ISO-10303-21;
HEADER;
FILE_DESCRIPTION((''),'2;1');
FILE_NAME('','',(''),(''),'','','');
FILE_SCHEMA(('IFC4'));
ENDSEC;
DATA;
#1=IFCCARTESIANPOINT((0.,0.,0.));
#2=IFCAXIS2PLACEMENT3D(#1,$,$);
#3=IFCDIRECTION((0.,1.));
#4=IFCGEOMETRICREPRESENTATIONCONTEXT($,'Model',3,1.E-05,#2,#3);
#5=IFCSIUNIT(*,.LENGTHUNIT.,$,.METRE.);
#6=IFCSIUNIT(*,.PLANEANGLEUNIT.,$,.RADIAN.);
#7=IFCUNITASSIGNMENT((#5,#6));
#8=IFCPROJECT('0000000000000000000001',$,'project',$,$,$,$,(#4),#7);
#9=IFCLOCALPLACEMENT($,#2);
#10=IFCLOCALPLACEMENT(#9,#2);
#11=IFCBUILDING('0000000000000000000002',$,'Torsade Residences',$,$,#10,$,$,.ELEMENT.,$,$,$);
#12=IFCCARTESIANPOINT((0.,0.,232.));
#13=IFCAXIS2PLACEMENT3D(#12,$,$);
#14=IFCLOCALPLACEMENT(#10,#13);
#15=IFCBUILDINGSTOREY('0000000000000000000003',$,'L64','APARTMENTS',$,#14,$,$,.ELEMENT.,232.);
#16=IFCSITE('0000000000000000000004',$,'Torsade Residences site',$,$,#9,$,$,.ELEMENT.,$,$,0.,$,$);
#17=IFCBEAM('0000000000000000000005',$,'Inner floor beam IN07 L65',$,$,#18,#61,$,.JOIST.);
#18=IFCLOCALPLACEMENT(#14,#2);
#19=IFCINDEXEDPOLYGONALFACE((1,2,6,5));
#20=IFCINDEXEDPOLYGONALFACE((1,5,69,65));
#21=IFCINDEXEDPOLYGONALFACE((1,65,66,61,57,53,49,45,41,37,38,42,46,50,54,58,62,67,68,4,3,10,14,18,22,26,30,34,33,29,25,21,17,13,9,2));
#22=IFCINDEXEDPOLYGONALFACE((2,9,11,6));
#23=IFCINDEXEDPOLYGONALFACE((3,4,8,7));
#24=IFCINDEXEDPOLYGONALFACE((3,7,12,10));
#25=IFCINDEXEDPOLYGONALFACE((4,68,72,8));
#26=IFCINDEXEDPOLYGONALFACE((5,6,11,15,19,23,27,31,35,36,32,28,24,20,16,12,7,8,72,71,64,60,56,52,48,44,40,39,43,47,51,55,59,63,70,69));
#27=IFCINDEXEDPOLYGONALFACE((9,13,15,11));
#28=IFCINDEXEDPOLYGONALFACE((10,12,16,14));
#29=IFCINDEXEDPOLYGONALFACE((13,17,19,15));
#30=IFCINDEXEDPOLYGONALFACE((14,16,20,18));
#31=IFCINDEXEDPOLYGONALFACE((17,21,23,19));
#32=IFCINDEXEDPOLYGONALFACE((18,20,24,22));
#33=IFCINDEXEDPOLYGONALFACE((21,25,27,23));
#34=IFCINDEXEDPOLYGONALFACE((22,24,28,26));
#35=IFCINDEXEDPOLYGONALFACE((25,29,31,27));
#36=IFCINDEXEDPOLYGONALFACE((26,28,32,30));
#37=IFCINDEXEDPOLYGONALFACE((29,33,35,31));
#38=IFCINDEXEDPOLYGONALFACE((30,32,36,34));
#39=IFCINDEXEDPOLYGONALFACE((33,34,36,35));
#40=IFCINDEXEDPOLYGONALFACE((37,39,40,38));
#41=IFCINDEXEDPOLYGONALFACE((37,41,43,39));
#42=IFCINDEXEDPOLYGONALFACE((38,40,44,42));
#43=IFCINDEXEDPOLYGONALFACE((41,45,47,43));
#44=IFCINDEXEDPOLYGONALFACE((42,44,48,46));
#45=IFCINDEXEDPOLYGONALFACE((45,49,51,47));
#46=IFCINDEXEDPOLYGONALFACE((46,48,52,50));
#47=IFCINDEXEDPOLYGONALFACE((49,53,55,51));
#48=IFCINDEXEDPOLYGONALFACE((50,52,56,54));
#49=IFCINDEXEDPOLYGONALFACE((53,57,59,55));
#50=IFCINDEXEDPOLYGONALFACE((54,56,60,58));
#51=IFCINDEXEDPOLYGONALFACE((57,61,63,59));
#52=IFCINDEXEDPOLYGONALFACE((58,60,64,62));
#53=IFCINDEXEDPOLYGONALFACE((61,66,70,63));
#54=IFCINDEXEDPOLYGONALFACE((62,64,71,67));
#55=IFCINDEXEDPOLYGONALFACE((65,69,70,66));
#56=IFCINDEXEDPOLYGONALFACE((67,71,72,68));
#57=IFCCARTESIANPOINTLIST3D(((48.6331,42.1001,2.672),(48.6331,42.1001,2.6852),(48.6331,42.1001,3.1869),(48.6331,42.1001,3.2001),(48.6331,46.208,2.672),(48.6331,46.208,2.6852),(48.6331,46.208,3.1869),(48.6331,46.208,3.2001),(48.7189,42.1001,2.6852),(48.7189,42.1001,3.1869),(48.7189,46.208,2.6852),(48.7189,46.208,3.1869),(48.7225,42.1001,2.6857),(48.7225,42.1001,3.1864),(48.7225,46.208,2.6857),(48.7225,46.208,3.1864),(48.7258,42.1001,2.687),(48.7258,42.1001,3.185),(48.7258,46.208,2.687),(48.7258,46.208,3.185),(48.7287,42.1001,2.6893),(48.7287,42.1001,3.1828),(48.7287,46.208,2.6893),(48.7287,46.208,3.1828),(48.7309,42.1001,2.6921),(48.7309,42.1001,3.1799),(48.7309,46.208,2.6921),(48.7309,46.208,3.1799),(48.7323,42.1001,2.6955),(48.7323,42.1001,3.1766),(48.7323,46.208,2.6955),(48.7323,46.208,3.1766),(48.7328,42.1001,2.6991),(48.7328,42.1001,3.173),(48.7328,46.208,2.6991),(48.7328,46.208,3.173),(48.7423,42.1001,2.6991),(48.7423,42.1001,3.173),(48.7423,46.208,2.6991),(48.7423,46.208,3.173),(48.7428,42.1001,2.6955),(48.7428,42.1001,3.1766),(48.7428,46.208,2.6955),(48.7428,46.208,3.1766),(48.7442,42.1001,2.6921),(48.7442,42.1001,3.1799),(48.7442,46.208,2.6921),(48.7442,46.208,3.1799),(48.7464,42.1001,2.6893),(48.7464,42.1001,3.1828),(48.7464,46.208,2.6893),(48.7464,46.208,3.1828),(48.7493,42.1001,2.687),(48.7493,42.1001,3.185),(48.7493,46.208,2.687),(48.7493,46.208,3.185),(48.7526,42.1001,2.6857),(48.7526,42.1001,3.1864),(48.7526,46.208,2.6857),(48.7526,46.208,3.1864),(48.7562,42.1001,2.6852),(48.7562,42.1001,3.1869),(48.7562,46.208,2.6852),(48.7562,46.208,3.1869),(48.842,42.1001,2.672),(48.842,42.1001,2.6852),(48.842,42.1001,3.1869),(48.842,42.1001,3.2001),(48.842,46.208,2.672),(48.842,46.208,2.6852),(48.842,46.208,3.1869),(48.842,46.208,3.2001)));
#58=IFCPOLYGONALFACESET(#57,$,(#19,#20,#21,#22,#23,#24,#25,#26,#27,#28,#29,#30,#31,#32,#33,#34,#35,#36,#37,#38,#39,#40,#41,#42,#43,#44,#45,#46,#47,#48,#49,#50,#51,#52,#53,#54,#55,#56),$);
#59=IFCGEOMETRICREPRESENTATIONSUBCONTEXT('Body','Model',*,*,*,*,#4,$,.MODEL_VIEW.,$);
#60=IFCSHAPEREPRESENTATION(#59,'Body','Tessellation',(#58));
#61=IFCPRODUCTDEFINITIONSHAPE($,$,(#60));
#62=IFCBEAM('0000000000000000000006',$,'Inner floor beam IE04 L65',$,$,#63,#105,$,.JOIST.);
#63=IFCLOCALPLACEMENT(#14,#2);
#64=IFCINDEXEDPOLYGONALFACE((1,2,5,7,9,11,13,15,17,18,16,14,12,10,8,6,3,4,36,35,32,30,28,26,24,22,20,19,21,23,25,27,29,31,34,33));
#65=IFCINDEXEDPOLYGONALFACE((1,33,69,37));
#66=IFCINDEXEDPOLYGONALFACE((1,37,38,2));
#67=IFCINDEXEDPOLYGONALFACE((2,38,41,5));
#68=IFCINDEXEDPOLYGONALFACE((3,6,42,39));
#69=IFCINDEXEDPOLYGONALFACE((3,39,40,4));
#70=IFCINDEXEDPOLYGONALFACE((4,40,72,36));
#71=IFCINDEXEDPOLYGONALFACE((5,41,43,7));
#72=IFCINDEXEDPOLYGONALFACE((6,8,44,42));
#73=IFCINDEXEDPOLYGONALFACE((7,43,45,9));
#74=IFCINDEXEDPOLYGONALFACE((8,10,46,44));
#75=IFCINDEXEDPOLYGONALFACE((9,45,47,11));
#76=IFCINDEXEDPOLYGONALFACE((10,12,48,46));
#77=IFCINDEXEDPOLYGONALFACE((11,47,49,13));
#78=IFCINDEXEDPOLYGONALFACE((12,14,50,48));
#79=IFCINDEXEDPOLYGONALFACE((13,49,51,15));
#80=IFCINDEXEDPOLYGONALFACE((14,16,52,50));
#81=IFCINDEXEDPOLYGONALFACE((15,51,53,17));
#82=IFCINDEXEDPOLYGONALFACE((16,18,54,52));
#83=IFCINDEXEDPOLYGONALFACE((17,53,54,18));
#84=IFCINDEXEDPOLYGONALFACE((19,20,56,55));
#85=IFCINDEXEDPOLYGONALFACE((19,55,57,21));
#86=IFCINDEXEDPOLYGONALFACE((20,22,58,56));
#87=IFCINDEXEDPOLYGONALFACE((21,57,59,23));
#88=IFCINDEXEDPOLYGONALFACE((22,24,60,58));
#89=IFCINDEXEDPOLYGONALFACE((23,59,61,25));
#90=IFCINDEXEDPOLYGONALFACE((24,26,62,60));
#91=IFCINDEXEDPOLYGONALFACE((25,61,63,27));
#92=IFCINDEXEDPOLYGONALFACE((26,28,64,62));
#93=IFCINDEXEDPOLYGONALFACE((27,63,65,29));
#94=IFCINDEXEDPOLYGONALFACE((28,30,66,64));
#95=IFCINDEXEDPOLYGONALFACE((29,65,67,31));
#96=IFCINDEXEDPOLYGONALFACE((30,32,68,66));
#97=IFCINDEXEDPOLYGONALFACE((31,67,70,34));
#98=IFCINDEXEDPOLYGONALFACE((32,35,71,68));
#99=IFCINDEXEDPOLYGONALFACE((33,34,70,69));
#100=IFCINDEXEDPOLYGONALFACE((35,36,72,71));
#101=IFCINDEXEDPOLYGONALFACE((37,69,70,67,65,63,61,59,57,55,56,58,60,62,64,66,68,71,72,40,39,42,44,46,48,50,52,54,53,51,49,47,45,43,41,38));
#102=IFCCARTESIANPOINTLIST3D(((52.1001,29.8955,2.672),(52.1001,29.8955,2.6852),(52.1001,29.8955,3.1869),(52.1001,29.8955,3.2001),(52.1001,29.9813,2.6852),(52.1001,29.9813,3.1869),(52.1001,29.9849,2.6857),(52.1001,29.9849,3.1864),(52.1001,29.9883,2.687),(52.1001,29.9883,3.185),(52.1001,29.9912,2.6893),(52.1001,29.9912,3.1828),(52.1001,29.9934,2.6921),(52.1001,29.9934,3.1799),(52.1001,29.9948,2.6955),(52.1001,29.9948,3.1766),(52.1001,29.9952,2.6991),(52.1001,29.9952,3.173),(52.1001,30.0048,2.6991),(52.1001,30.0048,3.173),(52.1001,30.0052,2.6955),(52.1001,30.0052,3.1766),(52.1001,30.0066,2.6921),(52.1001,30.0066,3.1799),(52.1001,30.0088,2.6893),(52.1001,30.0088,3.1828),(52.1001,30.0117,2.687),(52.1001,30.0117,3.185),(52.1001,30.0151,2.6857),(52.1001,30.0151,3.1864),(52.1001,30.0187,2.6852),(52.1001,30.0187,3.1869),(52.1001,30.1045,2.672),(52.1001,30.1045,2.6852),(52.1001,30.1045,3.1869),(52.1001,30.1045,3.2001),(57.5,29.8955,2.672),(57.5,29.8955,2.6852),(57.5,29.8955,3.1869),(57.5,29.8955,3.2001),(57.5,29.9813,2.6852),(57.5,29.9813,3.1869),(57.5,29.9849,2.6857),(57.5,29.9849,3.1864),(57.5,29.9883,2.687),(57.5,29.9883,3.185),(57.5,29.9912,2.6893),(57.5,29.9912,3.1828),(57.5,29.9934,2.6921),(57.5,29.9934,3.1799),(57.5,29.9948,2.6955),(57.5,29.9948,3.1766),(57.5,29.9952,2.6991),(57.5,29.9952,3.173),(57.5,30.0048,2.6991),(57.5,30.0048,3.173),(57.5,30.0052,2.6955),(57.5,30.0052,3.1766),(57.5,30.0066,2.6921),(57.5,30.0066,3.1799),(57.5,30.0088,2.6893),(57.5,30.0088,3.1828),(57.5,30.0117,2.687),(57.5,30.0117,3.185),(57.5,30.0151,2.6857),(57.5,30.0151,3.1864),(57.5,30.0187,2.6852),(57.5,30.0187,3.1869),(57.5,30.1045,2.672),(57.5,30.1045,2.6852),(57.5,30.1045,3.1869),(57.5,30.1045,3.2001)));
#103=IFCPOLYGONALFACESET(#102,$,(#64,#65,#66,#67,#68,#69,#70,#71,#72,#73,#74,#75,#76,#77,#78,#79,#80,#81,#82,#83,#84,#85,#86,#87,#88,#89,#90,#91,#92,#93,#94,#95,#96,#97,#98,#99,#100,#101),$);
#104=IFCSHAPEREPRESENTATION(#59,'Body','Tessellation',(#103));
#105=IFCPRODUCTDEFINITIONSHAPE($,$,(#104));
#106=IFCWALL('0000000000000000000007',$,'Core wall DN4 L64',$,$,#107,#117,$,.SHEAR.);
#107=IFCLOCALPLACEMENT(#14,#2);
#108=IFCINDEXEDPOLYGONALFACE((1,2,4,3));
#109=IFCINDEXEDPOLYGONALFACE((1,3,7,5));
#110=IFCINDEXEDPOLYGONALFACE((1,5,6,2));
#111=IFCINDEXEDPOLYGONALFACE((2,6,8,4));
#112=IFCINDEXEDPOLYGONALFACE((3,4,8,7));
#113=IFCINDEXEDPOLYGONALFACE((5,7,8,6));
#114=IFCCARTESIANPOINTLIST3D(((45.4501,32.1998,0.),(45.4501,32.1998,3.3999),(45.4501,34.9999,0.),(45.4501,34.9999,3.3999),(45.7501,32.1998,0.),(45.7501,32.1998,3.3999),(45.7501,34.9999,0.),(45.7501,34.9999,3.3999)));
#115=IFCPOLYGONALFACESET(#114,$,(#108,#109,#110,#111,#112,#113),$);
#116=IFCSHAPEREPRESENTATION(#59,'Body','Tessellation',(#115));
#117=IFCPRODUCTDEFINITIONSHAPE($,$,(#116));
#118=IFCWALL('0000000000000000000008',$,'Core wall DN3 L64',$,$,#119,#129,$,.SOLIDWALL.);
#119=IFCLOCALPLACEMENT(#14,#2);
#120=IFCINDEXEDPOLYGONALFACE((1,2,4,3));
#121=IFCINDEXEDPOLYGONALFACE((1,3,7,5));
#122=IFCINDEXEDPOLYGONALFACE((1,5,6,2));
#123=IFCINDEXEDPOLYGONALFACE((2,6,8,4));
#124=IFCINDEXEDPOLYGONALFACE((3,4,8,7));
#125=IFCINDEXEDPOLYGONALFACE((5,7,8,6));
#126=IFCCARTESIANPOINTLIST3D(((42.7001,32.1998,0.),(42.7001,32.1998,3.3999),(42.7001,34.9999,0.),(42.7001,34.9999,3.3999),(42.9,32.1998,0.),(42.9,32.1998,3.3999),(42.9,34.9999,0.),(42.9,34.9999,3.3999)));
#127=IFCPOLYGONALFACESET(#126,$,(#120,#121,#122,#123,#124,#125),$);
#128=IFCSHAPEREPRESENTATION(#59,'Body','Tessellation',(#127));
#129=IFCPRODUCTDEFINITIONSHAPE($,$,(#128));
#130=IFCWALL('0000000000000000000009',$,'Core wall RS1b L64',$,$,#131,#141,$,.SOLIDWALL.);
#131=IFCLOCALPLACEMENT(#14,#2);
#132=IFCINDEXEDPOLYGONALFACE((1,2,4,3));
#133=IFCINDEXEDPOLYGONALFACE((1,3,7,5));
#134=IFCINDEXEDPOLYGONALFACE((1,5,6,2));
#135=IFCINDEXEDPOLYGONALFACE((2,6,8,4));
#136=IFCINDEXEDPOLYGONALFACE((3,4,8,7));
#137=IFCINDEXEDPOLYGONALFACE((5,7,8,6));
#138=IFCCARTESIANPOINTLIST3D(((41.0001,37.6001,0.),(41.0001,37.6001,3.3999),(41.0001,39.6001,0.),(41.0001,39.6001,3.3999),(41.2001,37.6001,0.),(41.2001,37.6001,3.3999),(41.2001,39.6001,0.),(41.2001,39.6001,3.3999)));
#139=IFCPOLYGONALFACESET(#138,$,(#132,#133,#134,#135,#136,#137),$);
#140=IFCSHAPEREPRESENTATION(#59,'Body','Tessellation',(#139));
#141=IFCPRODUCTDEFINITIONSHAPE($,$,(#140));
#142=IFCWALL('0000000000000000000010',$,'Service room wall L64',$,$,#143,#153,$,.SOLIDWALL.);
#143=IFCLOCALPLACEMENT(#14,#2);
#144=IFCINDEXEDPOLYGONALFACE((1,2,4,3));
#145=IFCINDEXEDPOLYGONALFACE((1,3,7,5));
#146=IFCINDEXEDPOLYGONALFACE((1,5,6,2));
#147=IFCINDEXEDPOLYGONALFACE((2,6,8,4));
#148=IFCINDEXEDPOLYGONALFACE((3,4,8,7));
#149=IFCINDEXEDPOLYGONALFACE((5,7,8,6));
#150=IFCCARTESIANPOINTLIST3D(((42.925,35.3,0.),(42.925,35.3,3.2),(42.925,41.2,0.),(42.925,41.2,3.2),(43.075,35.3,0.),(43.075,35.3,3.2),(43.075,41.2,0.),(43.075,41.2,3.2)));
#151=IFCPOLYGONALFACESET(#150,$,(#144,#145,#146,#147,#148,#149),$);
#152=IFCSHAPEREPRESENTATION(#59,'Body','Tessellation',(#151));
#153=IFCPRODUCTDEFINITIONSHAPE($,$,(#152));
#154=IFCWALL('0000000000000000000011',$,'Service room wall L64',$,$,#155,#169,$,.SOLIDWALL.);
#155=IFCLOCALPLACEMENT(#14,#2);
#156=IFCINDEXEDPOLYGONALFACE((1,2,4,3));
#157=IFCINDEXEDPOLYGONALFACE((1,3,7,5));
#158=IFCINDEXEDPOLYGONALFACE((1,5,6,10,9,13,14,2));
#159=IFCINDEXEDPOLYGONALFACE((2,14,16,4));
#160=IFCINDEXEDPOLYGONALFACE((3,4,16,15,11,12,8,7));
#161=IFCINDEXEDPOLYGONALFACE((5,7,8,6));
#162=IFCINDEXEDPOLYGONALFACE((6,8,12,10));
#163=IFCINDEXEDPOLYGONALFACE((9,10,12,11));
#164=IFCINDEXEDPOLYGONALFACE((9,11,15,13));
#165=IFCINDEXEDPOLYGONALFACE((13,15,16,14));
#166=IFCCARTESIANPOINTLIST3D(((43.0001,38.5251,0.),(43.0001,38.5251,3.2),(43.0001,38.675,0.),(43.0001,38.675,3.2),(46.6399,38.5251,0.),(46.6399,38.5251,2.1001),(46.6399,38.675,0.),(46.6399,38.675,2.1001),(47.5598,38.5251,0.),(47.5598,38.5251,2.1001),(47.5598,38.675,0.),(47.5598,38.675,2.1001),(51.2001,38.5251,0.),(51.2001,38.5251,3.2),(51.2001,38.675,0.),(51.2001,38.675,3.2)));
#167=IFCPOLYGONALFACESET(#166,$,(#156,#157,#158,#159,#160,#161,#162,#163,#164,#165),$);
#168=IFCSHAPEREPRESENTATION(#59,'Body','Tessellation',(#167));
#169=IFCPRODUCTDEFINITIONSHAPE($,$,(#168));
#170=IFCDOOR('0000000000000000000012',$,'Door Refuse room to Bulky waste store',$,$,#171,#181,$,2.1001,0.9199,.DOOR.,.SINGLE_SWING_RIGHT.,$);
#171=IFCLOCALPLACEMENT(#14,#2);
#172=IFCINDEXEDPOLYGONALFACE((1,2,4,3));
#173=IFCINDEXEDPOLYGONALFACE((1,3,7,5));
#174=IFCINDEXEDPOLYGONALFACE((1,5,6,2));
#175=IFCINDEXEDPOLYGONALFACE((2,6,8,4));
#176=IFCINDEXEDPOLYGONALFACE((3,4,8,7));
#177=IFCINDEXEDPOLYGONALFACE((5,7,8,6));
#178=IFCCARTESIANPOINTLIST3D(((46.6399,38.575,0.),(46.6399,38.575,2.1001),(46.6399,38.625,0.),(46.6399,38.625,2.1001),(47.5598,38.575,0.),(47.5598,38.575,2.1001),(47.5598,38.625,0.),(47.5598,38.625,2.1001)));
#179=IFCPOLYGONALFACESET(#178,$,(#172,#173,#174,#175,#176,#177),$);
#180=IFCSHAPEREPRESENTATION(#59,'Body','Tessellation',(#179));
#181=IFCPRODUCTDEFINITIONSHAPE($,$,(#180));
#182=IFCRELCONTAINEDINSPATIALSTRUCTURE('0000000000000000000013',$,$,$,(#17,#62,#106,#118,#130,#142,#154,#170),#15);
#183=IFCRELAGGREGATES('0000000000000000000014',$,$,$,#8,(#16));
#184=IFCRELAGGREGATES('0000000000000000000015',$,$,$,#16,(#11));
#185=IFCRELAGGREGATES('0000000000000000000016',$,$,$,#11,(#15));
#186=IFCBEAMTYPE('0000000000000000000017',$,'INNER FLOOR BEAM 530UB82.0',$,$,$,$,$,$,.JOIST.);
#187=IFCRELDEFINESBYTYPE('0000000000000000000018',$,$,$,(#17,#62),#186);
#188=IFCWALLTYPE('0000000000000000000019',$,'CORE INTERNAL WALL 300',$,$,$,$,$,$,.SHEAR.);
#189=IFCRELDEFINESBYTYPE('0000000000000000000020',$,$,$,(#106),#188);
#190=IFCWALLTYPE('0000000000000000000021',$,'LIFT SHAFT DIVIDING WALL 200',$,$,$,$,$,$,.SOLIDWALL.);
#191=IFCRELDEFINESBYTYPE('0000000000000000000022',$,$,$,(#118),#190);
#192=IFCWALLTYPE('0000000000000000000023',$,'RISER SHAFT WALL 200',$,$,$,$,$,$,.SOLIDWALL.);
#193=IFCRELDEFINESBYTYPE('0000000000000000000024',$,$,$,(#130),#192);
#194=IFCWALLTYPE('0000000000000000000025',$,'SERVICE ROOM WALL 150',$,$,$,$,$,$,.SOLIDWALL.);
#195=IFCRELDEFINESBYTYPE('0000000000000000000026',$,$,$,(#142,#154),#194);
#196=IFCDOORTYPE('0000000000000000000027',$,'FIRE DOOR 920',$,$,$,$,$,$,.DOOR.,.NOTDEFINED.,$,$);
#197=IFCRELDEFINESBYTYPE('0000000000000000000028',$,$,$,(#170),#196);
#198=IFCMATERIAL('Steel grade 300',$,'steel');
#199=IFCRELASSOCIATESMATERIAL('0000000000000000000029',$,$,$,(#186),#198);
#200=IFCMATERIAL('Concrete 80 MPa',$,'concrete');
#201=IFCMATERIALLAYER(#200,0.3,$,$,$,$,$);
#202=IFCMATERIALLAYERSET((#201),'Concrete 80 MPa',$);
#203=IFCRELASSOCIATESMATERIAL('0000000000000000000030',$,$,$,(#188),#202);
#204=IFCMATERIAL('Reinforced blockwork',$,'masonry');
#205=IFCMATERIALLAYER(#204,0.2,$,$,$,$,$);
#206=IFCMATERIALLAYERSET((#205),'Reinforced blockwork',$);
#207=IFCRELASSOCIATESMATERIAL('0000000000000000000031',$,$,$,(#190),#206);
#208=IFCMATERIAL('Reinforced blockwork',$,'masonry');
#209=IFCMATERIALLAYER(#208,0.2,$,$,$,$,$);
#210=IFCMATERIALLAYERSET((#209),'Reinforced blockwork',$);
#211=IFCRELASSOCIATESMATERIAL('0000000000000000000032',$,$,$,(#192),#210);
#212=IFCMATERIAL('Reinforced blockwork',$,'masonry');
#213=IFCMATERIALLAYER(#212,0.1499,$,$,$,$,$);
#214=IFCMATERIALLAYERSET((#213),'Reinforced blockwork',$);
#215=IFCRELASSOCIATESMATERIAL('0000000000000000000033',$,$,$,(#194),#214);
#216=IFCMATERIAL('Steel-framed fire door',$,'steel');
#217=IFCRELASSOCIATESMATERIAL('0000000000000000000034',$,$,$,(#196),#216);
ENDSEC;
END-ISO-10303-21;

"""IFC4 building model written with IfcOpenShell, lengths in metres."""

from ifc_helpers import new_model, si_unit, direction, frame, frame_2d, origin, origin_2d, place, context, subcontext, project, spatial, rectangle, i_section, extrude, material, layer, layer_set, material_profile, profile_set, type_object, element, fill, save


model = new_model("IFC4")

# Units and contexts
model_context = context("Model", 3, precision=1e-05, world=origin(), true_north=direction((0.0, 1.0)))
body_context = subcontext(model_context, "Body", "Model", "MODEL_VIEW")
ifc_project = project(units=[si_unit("LENGTHUNIT", "METRE"), si_unit("PLANEANGLEUNIT", "RADIAN")], contexts=[model_context])

# Site, building, storey
site_placement = place(None, origin())
site = spatial("IfcSite", under=ifc_project, at=site_placement, Name="Torsade Residences site", CompositionType="ELEMENT", RefElevation=0.0)
building_placement = place(site_placement, origin())
building = spatial("IfcBuilding", under=site, at=building_placement, Name="Torsade Residences", CompositionType="ELEMENT")
storey_placement = place(building_placement, frame((0.0, 0.0, 232.0)))
storey = spatial("IfcBuildingStorey", under=building, at=storey_placement, Name="L64", Description="APARTMENTS", CompositionType="ELEMENT", Elevation=232.0)

# Beams
ifc_material_1 = material(Name="Steel grade 300", Category="steel")
ifc_material_profile_1 = material_profile(ifc_material_1, i_section(OverallWidth=0.209, OverallDepth=0.5281, WebThickness=0.0095, FlangeThickness=0.0132, FilletRadius=0.0139, at=origin_2d()), Name="530UB82.0")
ifc_profile_set_1 = profile_set([ifc_material_profile_1], Name="Steel grade 300")
beam_type = type_object("IfcBeamType", Name="INNER FLOOR BEAM 530UB82.0", PredefinedType="JOIST", material=ifc_profile_set_1)
beam_1_placement = place(storey_placement, frame((48.7375, 42.1001, 2.936), z_axis=(0.0, 1.0, 0.0), x_axis=(-1.0, 0.0, 0.0)))
element("IfcBeam", 1, at=beam_1_placement, inside=storey, type_object=beam_type, Name="Inner floor beam IN07 L65", PredefinedType="JOIST", context=body_context, shape_type="SweptSolid", body=[
    extrude(i_section(OverallWidth=0.209, OverallDepth=0.5281, WebThickness=0.0095, FlangeThickness=0.0132, FilletRadius=0.0139, at=origin_2d()), origin(), (0.0, 0.0, 1.0), 4.1079),
])
beam_2_placement = place(storey_placement, frame((52.1001, 30.0, 2.936), z_axis=(1.0, 0.0, 0.0), x_axis=(0.0, 1.0, 0.0)))
element("IfcBeam", 2, at=beam_2_placement, inside=storey, type_object=beam_type, Name="Inner floor beam IE04 L65", PredefinedType="JOIST", context=body_context, shape_type="SweptSolid", body=[
    extrude(i_section(OverallWidth=0.209, OverallDepth=0.5281, WebThickness=0.0095, FlangeThickness=0.0132, FilletRadius=0.0139, at=origin_2d()), origin(), (0.0, 0.0, 1.0), 5.3999),
])

# Walls
ifc_material_2 = material(Name="Concrete 80 MPa", Category="concrete")
ifc_layer_1 = layer(ifc_material_2, 0.3)
ifc_layer_set_1 = layer_set([ifc_layer_1], Name="Concrete 80 MPa")
wall_type_1 = type_object("IfcWallType", Name="CORE INTERNAL WALL 300", PredefinedType="SHEAR", material=ifc_layer_set_1)
wall_1_placement = place(storey_placement, frame((45.6001, 32.2, 0.0), z_axis=(0.0, 0.0, 1.0), x_axis=(0.0, 1.0, 0.0)))
element("IfcWall", 3, at=wall_1_placement, inside=storey, type_object=wall_type_1, Name="Core wall DN4 L64", PredefinedType="SHEAR", context=body_context, shape_type="SweptSolid", body=[
    extrude(rectangle(XDim=2.8, YDim=0.3, at=frame_2d((1.3999, 0.0))), origin(), (0.0, 0.0, 1.0), 3.3999),
])
ifc_material_3 = material(Name="Reinforced blockwork", Category="masonry")
ifc_layer_2 = layer(ifc_material_3, 0.2)
ifc_layer_set_2 = layer_set([ifc_layer_2], Name="Reinforced blockwork")
wall_type_2 = type_object("IfcWallType", Name="LIFT SHAFT DIVIDING WALL 200", PredefinedType="SOLIDWALL", material=ifc_layer_set_2)
wall_2_placement = place(storey_placement, frame((42.8, 32.2, 0.0), z_axis=(0.0, 0.0, 1.0), x_axis=(0.0, 1.0, 0.0)))
element("IfcWall", 4, at=wall_2_placement, inside=storey, type_object=wall_type_2, Name="Core wall DN3 L64", PredefinedType="SOLIDWALL", context=body_context, shape_type="SweptSolid", body=[
    extrude(rectangle(XDim=2.8, YDim=0.2, at=frame_2d((1.3999, 0.0))), origin(), (0.0, 0.0, 1.0), 3.3999),
])
ifc_material_4 = material(Name="Reinforced blockwork", Category="masonry")
ifc_layer_3 = layer(ifc_material_4, 0.2)
ifc_layer_set_3 = layer_set([ifc_layer_3], Name="Reinforced blockwork")
wall_type_3 = type_object("IfcWallType", Name="RISER SHAFT WALL 200", PredefinedType="SOLIDWALL", material=ifc_layer_set_3)
wall_3_placement = place(storey_placement, frame((41.1001, 37.6001, 0.0), z_axis=(0.0, 0.0, 1.0), x_axis=(0.0, 1.0, 0.0)))
element("IfcWall", 5, at=wall_3_placement, inside=storey, type_object=wall_type_3, Name="Core wall RS1b L64", PredefinedType="SOLIDWALL", context=body_context, shape_type="SweptSolid", body=[
    extrude(rectangle(XDim=2.0, YDim=0.2, at=frame_2d((1.0, 0.0))), origin(), (0.0, 0.0, 1.0), 3.3999),
])
ifc_material_5 = material(Name="Reinforced blockwork", Category="masonry")
ifc_layer_4 = layer(ifc_material_5, 0.1499)
ifc_layer_set_4 = layer_set([ifc_layer_4], Name="Reinforced blockwork")
wall_type_4 = type_object("IfcWallType", Name="SERVICE ROOM WALL 150", PredefinedType="SOLIDWALL", material=ifc_layer_set_4)
wall_4_placement = place(storey_placement, frame((43.0, 41.2, 0.0), z_axis=(0.0, 0.0, 1.0), x_axis=(0.0, -1.0, 0.0)))
element("IfcWall", 6, at=wall_4_placement, inside=storey, type_object=wall_type_4, Name="Service room wall L64", PredefinedType="SOLIDWALL", context=body_context, shape_type="SweptSolid", body=[
    extrude(rectangle(XDim=5.8999, YDim=0.1499, at=frame_2d((2.95, 0.0))), origin(), (0.0, 0.0, 1.0), 3.2),
])

# Wall, opening, door
wall_5_placement = place(storey_placement, frame((43.0, 38.6001, 0.0), z_axis=(0.0, 0.0, 1.0), x_axis=(1.0, 0.0, 0.0)))
wall_5 = element("IfcWall", 7, at=wall_5_placement, inside=storey, type_object=wall_type_4, Name="Service room wall L64", PredefinedType="SOLIDWALL", context=body_context, shape_type="SweptSolid", body=[
    extrude(rectangle(XDim=8.2, YDim=0.1499, at=frame_2d((4.1001, 0.0))), origin(), (0.0, 0.0, 1.0), 3.2),
])
opening_1_placement = place(wall_5_placement, frame((3.6399, 0.0, 0.0)))
opening_1 = element("IfcOpeningElement", 8, at=opening_1_placement, cuts=wall_5, PredefinedType="OPENING", context=body_context, shape_type="SweptSolid", body=[
    extrude(rectangle(XDim=0.9199, YDim=2.1001, at=frame_2d((0.46, 1.05))), frame((0.0, 0.085, 0.0), z_axis=(0.0, -1.0, 0.0), x_axis=(1.0, 0.0, 0.0)), (0.0, 0.0, 1.0), 0.1699),
])
ifc_material_6 = material(Name="Steel-framed fire door", Category="steel")
door_type_1 = type_object("IfcDoorType", Name="FIRE DOOR 920", OperationType="NOTDEFINED", PredefinedType="DOOR", material=ifc_material_6)
door_1_placement = place(opening_1_placement, origin())
door_1 = element("IfcDoor", 9, at=door_1_placement, inside=storey, type_object=door_type_1, Name="Door Refuse room to Bulky waste store", OperationType="SINGLE_SWING_RIGHT", OverallHeight=2.1001, OverallWidth=0.9199, PredefinedType="DOOR", context=body_context, shape_type="SweptSolid", body=[
    extrude(rectangle(XDim=0.9199, YDim=2.1001, at=frame_2d((0.46, 1.05))), frame((0.0, 0.0249, 0.0), z_axis=(0.0, -1.0, 0.0), x_axis=(1.0, 0.0, 0.0)), (0.0, 0.0, 1.0), 0.05),
])
fill(opening_1, door_1)

save(model, "model.ifc")
